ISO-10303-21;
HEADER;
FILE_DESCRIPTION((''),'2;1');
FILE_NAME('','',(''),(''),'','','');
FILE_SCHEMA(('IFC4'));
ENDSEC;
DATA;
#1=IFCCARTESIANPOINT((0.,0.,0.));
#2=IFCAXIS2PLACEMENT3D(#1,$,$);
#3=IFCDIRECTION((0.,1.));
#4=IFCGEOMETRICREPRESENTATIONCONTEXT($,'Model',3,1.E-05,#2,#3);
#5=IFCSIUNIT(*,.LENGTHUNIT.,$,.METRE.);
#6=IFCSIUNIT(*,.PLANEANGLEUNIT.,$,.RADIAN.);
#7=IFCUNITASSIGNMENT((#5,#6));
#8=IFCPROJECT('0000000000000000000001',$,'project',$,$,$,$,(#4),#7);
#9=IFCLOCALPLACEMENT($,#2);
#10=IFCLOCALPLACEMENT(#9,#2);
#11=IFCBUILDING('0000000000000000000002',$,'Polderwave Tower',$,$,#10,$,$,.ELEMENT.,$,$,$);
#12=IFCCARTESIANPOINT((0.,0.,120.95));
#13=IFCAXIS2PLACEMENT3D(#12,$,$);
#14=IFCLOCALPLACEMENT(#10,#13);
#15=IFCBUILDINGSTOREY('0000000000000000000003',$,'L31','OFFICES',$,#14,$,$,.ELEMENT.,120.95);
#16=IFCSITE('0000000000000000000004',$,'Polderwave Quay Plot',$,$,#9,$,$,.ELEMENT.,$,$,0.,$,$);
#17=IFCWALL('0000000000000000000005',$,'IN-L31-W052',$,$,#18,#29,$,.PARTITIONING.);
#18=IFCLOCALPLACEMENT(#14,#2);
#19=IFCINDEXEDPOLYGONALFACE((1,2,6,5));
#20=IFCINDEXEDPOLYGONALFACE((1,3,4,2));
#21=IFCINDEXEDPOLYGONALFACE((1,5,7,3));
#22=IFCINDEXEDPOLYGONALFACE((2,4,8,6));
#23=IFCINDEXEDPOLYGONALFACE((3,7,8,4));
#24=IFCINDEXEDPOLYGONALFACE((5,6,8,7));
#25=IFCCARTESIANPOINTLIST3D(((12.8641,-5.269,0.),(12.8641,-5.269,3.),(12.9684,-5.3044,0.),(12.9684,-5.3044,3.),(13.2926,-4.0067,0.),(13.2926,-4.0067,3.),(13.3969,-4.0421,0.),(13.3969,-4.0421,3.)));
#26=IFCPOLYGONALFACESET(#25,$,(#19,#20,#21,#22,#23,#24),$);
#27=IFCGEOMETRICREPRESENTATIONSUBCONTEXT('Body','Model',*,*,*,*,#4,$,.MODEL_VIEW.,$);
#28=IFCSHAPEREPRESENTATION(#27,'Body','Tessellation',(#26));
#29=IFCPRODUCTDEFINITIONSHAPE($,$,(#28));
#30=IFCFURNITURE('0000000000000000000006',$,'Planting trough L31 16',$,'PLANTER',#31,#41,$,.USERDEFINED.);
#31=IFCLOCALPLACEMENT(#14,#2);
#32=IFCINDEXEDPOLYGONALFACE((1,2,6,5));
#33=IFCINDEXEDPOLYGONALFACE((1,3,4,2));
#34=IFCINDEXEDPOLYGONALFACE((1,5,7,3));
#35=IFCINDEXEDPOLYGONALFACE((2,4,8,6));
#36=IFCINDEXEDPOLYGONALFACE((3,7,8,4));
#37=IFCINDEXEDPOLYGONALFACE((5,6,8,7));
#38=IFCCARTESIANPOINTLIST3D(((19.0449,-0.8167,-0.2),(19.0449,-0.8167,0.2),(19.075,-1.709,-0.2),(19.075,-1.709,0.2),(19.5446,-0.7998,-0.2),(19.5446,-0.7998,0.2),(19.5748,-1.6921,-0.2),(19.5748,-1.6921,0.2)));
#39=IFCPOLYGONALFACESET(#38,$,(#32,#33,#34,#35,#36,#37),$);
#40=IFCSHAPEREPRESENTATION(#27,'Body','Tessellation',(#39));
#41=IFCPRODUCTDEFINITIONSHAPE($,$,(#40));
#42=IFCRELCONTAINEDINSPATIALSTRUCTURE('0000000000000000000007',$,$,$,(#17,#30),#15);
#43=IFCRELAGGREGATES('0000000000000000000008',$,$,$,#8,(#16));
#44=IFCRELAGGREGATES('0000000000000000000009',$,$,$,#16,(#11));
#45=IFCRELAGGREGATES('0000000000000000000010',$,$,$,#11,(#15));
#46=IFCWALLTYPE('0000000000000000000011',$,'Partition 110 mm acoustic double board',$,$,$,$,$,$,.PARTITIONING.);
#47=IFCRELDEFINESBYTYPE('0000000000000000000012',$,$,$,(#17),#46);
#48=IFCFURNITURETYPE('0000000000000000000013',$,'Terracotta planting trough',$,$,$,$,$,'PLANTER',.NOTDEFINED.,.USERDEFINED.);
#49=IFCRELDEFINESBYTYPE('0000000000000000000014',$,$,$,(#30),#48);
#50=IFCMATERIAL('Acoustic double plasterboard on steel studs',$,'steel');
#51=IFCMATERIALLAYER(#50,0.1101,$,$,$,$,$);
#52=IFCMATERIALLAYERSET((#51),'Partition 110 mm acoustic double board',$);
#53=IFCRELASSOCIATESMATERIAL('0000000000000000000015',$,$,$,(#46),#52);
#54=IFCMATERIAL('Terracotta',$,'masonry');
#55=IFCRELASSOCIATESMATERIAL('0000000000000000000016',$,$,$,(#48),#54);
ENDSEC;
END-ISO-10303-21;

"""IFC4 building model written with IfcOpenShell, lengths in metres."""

from ifc_helpers import new_model, si_unit, direction, frame, frame_2d, origin, origin_2d, place, context, subcontext, project, spatial, rectangle, extrude, material, layer, layer_set, type_object, element, save


model = new_model("IFC4")

# Units and contexts
model_context = context("Model", 3, precision=1e-05, world=origin(), true_north=direction((0.0, 1.0)))
body_context = subcontext(model_context, "Body", "Model", "MODEL_VIEW")
ifc_project = project(units=[si_unit("LENGTHUNIT", "METRE"), si_unit("PLANEANGLEUNIT", "RADIAN")], contexts=[model_context])

# Site, building, storey
site_placement = place(None, origin())
site = spatial("IfcSite", under=ifc_project, at=site_placement, Name="Polderwave Quay Plot", CompositionType="ELEMENT", RefElevation=0.0)
building_placement = place(site_placement, origin())
building = spatial("IfcBuilding", under=site, at=building_placement, Name="Polderwave Tower", CompositionType="ELEMENT")
storey_placement = place(building_placement, frame((0.0, 0.0, 120.95)))
storey = spatial("IfcBuildingStorey", under=building, at=storey_placement, Name="L31", Description="OFFICES", CompositionType="ELEMENT", Elevation=120.95)

# Wall
ifc_material_1 = material(Name="Acoustic double plasterboard on steel studs", Category="steel")
ifc_layer_1 = layer(ifc_material_1, 0.1101)
ifc_layer_set_1 = layer_set([ifc_layer_1], Name="Partition 110 mm acoustic double board")
wall_type_1 = type_object("IfcWallType", Name="Partition 110 mm acoustic double board", PredefinedType="PARTITIONING", material=ifc_layer_set_1)
wall_1_placement = place(storey_placement, frame((13.3447, -4.0244, 0.0), z_axis=(0.0, 0.0, 1.0), x_axis=(-0.321443, -0.946929, 0.0)))
element("IfcWall", 1, at=wall_1_placement, inside=storey, type_object=wall_type_1, Name="IN-L31-W052", PredefinedType="PARTITIONING", context=body_context, shape_type="SweptSolid", body=[
    extrude(rectangle(XDim=1.333, YDim=0.1101, at=frame_2d((0.6665, 0.0))), origin(), (0.0, 0.0, 1.0), 3.0),
])

# Furniture
ifc_material_2 = material(Name="Terracotta", Category="masonry")
furniture_type = type_object("IfcFurnitureType", Name="Terracotta planting trough", ElementType="PLANTER", AssemblyPlace="NOTDEFINED", PredefinedType="USERDEFINED", material=ifc_material_2)
furniture_placement = place(storey_placement, frame((19.3098, -1.2544, -0.2), z_axis=(0.0, 0.0, 1.0), x_axis=(-0.033804, 0.999428, 0.0)))
element("IfcFurniture", 2, at=furniture_placement, inside=storey, type_object=furniture_type, Name="Planting trough L31 16", ObjectType="PLANTER", PredefinedType="USERDEFINED", context=body_context, shape_type="SweptSolid", body=[
    extrude(rectangle(XDim=0.8928, YDim=0.5, at=origin_2d()), origin(), (0.0, 0.0, 1.0), 0.3999),
])

save(model, "model.ifc")
